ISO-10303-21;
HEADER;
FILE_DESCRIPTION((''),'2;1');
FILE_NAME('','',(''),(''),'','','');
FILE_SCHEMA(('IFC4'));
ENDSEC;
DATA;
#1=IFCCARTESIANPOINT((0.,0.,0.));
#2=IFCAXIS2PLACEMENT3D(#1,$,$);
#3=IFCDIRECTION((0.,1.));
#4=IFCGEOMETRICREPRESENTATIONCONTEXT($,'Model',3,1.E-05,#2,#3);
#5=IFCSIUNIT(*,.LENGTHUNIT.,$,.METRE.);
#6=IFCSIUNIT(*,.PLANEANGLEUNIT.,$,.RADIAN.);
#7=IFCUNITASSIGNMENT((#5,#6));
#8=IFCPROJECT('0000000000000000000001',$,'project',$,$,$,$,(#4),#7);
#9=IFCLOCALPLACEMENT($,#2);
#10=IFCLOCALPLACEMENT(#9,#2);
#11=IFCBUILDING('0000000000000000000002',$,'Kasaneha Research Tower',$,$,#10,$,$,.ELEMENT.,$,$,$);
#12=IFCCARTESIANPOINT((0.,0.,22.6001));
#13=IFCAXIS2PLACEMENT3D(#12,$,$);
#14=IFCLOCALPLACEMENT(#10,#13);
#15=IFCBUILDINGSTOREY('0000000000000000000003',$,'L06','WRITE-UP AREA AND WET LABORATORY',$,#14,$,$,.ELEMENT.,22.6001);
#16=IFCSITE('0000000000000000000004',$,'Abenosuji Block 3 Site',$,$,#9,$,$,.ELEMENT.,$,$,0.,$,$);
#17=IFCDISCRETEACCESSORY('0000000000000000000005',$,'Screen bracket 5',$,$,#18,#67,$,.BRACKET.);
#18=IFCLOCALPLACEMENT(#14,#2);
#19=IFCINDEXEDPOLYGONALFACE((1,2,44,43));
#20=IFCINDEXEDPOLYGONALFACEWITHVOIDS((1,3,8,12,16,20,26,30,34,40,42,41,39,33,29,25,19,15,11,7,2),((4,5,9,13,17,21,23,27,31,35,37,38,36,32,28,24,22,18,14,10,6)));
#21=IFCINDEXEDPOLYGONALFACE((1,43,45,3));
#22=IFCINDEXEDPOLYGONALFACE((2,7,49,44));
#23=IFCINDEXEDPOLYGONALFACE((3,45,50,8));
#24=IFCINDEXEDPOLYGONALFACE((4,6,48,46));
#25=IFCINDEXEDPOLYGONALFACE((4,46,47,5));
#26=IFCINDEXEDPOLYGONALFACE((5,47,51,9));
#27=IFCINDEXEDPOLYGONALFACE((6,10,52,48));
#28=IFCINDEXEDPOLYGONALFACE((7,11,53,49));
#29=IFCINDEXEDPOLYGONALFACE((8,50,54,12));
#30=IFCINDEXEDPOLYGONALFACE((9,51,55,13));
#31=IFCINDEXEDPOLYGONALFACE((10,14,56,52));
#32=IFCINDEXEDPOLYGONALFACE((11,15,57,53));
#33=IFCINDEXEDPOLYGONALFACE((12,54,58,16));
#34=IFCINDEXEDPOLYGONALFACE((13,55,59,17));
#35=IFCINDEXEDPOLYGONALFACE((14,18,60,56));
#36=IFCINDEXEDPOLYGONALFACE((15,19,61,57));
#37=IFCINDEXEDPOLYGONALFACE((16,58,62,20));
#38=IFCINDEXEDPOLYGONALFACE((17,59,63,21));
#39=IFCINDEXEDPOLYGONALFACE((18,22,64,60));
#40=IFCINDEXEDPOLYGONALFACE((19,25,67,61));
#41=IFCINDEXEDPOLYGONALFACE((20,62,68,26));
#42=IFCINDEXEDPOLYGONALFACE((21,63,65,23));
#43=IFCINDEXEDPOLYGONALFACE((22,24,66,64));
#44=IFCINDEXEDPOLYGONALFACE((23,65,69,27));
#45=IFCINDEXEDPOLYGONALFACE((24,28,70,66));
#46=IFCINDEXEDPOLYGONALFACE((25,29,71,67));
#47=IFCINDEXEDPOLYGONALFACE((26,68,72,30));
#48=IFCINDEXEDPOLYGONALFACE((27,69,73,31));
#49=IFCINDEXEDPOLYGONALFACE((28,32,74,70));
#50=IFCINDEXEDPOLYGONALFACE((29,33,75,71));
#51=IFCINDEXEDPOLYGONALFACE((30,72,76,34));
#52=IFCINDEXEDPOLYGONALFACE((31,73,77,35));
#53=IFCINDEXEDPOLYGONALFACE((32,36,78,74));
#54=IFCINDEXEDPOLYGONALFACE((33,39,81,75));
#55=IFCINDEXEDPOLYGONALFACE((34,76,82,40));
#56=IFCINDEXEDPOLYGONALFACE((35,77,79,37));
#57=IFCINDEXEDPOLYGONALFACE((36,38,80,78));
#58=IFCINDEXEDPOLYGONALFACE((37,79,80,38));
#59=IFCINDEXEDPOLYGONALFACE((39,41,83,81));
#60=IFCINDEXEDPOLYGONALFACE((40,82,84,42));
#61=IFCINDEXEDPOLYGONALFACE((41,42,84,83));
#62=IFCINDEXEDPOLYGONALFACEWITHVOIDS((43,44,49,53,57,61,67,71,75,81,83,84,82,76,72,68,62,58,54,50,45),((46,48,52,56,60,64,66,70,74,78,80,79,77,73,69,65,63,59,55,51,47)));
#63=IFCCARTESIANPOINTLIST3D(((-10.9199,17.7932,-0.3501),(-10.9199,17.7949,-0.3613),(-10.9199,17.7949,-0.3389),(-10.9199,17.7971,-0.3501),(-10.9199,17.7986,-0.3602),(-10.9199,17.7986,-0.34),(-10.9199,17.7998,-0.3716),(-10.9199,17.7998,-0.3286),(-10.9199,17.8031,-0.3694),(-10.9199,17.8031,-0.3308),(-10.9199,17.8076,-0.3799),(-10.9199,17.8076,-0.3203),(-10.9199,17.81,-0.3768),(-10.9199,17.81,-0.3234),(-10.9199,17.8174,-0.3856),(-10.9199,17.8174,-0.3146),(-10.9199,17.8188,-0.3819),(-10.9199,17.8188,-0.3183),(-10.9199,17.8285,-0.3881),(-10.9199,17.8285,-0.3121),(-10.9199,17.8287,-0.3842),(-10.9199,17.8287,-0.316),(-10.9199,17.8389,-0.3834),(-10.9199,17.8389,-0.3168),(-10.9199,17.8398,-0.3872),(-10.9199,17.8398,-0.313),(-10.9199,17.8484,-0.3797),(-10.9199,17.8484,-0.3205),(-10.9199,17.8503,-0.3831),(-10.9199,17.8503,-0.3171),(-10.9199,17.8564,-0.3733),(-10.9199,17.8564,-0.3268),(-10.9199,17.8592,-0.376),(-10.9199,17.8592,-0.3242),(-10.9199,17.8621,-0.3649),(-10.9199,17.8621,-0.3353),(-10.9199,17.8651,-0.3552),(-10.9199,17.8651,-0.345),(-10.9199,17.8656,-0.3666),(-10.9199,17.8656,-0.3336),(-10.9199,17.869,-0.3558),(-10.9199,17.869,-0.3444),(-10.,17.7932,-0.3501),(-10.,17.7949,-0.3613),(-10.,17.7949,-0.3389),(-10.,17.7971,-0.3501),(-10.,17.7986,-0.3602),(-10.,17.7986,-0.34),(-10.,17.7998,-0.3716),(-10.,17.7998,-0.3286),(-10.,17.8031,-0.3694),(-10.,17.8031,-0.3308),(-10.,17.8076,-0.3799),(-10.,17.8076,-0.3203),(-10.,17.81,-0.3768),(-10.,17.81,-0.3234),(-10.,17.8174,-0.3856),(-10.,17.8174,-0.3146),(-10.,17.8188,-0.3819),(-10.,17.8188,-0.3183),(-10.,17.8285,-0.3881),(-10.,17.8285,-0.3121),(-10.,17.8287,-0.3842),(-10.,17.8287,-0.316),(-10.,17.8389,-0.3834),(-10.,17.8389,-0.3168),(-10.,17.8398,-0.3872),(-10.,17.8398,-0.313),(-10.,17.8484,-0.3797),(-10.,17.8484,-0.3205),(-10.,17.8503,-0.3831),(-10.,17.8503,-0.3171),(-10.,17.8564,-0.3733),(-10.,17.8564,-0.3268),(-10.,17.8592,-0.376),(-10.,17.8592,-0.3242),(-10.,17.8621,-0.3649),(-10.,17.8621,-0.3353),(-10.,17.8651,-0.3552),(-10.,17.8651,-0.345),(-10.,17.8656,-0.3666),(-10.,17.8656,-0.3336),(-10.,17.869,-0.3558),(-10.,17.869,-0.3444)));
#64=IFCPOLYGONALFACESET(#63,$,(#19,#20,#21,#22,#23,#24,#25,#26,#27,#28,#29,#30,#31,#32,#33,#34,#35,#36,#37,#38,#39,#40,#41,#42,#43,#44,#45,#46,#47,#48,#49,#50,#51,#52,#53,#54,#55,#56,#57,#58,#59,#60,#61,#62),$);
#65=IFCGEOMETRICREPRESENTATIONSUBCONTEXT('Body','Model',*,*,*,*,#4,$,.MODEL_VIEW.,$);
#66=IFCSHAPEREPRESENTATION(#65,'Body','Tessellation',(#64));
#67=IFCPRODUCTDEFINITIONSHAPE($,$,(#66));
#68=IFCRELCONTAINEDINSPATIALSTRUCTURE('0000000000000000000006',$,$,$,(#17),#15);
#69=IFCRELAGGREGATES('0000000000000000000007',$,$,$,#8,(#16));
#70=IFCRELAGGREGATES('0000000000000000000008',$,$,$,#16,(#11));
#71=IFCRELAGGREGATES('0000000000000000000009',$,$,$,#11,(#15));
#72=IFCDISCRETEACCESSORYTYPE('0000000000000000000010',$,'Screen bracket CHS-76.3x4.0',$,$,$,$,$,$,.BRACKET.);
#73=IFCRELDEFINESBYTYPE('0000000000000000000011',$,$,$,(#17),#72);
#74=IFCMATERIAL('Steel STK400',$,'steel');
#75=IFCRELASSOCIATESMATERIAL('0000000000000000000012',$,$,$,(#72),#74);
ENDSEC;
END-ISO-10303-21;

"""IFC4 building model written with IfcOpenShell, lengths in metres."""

from ifc_helpers import new_model, si_unit, direction, frame, origin, origin_2d, place, context, subcontext, project, spatial, hollow_circle, extrude, material, material_profile, profile_set, type_object, element, save


model = new_model("IFC4")

# Units and contexts
model_context = context("Model", 3, precision=1e-05, world=origin(), true_north=direction((0.0, 1.0)))
body_context = subcontext(model_context, "Body", "Model", "MODEL_VIEW")
ifc_project = project(units=[si_unit("LENGTHUNIT", "METRE"), si_unit("PLANEANGLEUNIT", "RADIAN")], contexts=[model_context])

# Site, building, storey
site_placement = place(None, origin())
site = spatial("IfcSite", under=ifc_project, at=site_placement, Name="Abenosuji Block 3 Site", CompositionType="ELEMENT", RefElevation=0.0)
building_placement = place(site_placement, origin())
building = spatial("IfcBuilding", under=site, at=building_placement, Name="Kasaneha Research Tower", CompositionType="ELEMENT")
storey_placement = place(building_placement, frame((0.0, 0.0, 22.6001)))
storey = spatial("IfcBuildingStorey", under=building, at=storey_placement, Name="L06", Description="WRITE-UP AREA AND WET LABORATORY", CompositionType="ELEMENT", Elevation=22.6001)

# Discrete accessory
ifc_material_1 = material(Name="Steel STK400", Category="steel")
ifc_material_profile_1 = material_profile(ifc_material_1, hollow_circle(Radius=0.0381, WallThickness=0.0039, at=origin_2d()), Name="CHS-76.3x4.0")
ifc_profile_set_1 = profile_set([ifc_material_profile_1], Name="Steel STK400")
discrete_accessory_type = type_object("IfcDiscreteAccessoryType", Name="Screen bracket CHS-76.3x4.0", PredefinedType="BRACKET", material=ifc_profile_set_1)
for number, where, z_axis, x_axis, name in (
    (1, (-10.0, 17.8313, -0.3501), (-1.0, 0.0, 0.0), (0.0, -1.0, 0.0), "Screen bracket 5"),
):
    element("IfcDiscreteAccessory", number, at=place(storey_placement, frame(where, z_axis=z_axis, x_axis=x_axis)), inside=storey, type_object=discrete_accessory_type, Name=name, PredefinedType="BRACKET", context=body_context, shape_type="SweptSolid", body=[
        extrude(hollow_circle(Radius=0.0381, WallThickness=0.0039, at=origin_2d()), origin(), (0.0, 0.0, 1.0), 0.9199),
    ])

save(model, "model.ifc")
